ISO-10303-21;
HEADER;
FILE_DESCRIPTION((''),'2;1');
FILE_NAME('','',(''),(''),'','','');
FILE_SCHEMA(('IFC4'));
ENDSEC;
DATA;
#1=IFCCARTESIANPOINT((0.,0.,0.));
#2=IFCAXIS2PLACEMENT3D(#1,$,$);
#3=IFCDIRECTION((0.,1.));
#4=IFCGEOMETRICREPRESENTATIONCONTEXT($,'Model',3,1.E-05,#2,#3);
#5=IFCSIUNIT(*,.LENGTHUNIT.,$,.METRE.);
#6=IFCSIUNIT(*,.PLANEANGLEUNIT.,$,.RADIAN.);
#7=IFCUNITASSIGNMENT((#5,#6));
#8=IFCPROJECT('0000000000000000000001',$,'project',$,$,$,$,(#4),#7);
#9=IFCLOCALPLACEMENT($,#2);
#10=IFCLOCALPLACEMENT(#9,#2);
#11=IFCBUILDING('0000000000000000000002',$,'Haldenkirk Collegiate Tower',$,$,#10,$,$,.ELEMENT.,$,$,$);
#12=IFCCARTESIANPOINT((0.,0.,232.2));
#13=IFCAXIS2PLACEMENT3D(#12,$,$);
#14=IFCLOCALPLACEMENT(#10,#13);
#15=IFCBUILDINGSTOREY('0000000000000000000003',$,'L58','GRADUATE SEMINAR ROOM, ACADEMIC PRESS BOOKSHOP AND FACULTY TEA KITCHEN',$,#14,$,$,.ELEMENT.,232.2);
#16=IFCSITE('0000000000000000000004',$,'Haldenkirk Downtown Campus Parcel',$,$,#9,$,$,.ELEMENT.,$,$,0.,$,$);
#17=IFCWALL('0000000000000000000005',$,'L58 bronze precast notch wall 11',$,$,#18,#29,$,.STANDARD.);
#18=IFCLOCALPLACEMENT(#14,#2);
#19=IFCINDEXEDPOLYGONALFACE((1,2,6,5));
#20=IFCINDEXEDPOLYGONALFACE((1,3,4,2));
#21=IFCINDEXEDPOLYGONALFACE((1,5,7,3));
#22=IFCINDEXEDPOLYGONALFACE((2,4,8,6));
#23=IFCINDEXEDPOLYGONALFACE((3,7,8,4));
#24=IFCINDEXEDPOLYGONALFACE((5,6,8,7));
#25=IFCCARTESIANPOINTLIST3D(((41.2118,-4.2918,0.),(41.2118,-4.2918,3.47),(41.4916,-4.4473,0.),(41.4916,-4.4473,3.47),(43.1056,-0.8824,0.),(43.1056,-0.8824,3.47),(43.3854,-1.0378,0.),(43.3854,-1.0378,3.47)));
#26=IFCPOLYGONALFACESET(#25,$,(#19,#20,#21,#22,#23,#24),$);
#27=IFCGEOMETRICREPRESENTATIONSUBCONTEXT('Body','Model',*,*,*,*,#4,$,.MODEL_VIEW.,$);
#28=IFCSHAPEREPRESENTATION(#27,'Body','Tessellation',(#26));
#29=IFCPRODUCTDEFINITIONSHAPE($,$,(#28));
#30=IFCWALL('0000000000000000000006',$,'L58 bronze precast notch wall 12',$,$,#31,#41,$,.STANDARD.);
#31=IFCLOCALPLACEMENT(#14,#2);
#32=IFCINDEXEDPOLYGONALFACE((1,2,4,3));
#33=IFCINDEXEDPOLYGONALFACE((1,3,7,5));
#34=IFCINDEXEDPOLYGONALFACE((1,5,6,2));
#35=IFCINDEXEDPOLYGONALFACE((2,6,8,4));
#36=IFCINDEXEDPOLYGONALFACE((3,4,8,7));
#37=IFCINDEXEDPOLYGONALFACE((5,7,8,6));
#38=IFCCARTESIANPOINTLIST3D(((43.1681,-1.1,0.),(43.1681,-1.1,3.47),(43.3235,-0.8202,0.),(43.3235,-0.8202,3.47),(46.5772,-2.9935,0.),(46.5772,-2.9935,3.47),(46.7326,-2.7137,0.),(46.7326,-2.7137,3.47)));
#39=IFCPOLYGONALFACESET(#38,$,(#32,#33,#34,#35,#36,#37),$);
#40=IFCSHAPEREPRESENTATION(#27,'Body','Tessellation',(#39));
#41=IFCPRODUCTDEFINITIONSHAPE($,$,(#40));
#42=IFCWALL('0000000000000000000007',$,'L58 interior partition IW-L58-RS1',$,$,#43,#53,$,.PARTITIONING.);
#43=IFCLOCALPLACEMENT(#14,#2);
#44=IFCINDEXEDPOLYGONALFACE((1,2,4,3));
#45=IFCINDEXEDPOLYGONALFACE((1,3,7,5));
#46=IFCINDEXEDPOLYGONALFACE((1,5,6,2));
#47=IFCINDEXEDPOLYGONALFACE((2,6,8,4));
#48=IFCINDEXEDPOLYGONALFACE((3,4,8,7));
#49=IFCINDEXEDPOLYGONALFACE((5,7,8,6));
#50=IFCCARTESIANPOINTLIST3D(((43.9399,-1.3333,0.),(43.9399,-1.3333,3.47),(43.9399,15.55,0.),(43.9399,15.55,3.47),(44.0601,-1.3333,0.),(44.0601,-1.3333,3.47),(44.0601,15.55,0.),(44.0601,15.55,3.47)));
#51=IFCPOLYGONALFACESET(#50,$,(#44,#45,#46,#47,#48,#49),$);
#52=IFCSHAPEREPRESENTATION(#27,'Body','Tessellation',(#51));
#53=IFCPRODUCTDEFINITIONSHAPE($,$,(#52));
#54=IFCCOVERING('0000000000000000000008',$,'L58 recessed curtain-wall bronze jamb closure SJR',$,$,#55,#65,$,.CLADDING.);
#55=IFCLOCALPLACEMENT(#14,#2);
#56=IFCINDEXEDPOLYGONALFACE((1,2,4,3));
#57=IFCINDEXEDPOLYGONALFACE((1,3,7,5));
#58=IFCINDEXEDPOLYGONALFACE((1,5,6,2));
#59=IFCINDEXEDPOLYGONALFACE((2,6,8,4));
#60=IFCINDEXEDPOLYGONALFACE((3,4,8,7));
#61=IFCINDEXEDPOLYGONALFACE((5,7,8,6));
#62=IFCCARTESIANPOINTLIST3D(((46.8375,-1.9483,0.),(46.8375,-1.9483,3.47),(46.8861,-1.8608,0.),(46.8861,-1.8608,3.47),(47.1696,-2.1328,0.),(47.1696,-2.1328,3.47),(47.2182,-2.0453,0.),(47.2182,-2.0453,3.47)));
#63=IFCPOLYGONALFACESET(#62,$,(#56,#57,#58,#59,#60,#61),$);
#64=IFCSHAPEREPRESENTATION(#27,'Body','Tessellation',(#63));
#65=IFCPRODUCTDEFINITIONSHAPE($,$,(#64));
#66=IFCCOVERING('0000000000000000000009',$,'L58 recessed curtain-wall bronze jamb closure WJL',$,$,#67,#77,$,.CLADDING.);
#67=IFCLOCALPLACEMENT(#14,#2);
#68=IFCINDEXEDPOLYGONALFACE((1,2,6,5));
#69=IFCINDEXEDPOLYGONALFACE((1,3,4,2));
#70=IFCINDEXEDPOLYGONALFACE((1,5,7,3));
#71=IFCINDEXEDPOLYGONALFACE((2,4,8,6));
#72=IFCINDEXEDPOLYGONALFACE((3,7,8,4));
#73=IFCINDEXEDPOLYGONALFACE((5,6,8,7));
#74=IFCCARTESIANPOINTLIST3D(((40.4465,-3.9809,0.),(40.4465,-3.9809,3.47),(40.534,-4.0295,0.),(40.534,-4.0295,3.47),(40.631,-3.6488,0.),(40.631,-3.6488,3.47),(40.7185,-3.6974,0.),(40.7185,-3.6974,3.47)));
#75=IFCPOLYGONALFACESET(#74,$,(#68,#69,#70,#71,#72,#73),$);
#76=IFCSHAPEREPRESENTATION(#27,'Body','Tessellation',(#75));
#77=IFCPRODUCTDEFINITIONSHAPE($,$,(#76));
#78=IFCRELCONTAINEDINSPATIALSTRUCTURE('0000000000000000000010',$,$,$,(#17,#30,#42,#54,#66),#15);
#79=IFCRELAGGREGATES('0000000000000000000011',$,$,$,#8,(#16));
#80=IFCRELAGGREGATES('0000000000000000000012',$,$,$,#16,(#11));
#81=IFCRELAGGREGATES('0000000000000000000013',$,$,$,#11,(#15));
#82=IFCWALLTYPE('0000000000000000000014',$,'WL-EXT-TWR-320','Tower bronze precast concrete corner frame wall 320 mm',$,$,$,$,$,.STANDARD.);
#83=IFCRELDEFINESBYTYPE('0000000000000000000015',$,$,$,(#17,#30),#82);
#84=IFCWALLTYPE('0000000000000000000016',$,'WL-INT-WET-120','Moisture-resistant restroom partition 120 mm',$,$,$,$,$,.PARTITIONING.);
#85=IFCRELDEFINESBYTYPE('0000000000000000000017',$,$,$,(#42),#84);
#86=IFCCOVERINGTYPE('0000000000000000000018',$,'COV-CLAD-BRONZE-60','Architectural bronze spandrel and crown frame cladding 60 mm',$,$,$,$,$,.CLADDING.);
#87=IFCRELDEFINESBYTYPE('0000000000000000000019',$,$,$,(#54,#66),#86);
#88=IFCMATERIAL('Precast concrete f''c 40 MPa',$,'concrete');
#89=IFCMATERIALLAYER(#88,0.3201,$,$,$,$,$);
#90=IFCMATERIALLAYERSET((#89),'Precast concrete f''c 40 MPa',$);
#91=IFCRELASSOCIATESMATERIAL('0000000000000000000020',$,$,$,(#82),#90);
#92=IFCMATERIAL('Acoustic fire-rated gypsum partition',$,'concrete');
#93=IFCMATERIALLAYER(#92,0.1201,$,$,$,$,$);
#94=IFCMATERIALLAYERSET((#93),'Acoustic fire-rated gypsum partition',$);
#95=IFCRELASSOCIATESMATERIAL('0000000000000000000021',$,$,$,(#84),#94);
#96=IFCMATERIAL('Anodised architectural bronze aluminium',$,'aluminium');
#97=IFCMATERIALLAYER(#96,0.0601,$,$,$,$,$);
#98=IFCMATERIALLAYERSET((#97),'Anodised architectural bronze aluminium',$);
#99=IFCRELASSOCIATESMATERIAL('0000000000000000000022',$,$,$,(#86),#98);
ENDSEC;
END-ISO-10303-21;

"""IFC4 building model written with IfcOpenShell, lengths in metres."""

from ifc_helpers import new_model, si_unit, direction, frame, frame_2d, origin, origin_2d, place, context, subcontext, project, spatial, rectangle, extrude, source, transform, mapped, material, layer, layer_set, type_object, element, save


model = new_model("IFC4")

# Units and contexts
model_context = context("Model", 3, precision=1e-05, world=origin(), true_north=direction((0.0, 1.0)))
body_context = subcontext(model_context, "Body", "Model", "MODEL_VIEW")
ifc_project = project(units=[si_unit("LENGTHUNIT", "METRE"), si_unit("PLANEANGLEUNIT", "RADIAN")], contexts=[model_context])

# Site, building, storey
site_placement = place(None, origin())
site = spatial("IfcSite", under=ifc_project, at=site_placement, Name="Haldenkirk Downtown Campus Parcel", CompositionType="ELEMENT", RefElevation=0.0)
building_placement = place(site_placement, origin())
building = spatial("IfcBuilding", under=site, at=building_placement, Name="Haldenkirk Collegiate Tower", CompositionType="ELEMENT")
storey_placement = place(building_placement, frame((0.0, 0.0, 232.2)))
storey = spatial("IfcBuildingStorey", under=building, at=storey_placement, Name="L58", Description="GRADUATE SEMINAR ROOM, ACADEMIC PRESS BOOKSHOP AND FACULTY TEA KITCHEN", CompositionType="ELEMENT", Elevation=232.2)

# Shared definitions
ifc_material_1 = material(Name="Anodised architectural bronze aluminium", Category="aluminium")

# Walls
ifc_material_2 = material(Name="Precast concrete f'c 40 MPa", Category="concrete")
ifc_layer_1 = layer(ifc_material_2, 0.3201)
ifc_layer_set_1 = layer_set([ifc_layer_1], Name="Precast concrete f'c 40 MPa")
wall_type_1 = type_object("IfcWallType", Name="WL-EXT-TWR-320", Description="Tower bronze precast concrete corner frame wall 320 mm", PredefinedType="STANDARD", material=ifc_layer_set_1)
wall_1_placement = place(storey_placement, frame((43.2456, -0.96, 0.0), z_axis=(0.0, 0.0, 1.0), x_axis=(-0.485579, -0.874193, 0.0)))
element("IfcWall", 1, at=wall_1_placement, inside=storey, type_object=wall_type_1, Name="L58 bronze precast notch wall 11", PredefinedType="STANDARD", context=body_context, shape_type="SweptSolid", body=[
    extrude(rectangle(XDim=3.9001, YDim=0.3201, at=frame_2d((1.9502, 0.0))), origin(), (0.0, 0.0, 1.0), 3.47),
])
wall_2_placement = place(storey_placement, frame((46.6548, -2.8535, 0.0), z_axis=(0.0, 0.0, 1.0), x_axis=(-0.874205, 0.485558, 0.0)))
element("IfcWall", 2, at=wall_2_placement, inside=storey, type_object=wall_type_1, Name="L58 bronze precast notch wall 12", PredefinedType="STANDARD", context=body_context, shape_type="SweptSolid", body=[
    extrude(rectangle(XDim=3.8997, YDim=0.3201, at=frame_2d((1.9497, 0.0))), origin(), (0.0, 0.0, 1.0), 3.47),
])
ifc_material_3 = material(Name="Acoustic fire-rated gypsum partition", Category="concrete")
ifc_layer_2 = layer(ifc_material_3, 0.1201)
ifc_layer_set_2 = layer_set([ifc_layer_2], Name="Acoustic fire-rated gypsum partition")
wall_type_2 = type_object("IfcWallType", Name="WL-INT-WET-120", Description="Moisture-resistant restroom partition 120 mm", PredefinedType="PARTITIONING", material=ifc_layer_set_2)
wall_3_placement = place(storey_placement, frame((44.0, -1.3333, 0.0), z_axis=(0.0, 0.0, 1.0), x_axis=(0.0, 1.0, 0.0)))
element("IfcWall", 3, at=wall_3_placement, inside=storey, type_object=wall_type_2, Name="L58 interior partition IW-L58-RS1", PredefinedType="PARTITIONING", context=body_context, shape_type="SweptSolid", body=[
    extrude(rectangle(XDim=16.8833, YDim=0.1201, at=frame_2d((8.4417, 0.0))), origin(), (0.0, 0.0, 1.0), 3.47),
])

# Coverings
ifc_layer_3 = layer(ifc_material_1, 0.0601)
ifc_layer_set_3 = layer_set([ifc_layer_3], Name="Anodised architectural bronze aluminium")
covering_type = type_object("IfcCoveringType", Name="COV-CLAD-BRONZE-60", Description="Architectural bronze spandrel and crown frame cladding 60 mm", PredefinedType="CLADDING", material=ifc_layer_set_3)
shared_shape_1 = source(origin(), body_context, "Body", "SweptSolid", [
    extrude(rectangle(XDim=0.1001, YDim=0.3799, at=origin_2d()), origin(), (0.0, 0.0, 1.0), 3.47),
])
for number, where, z_axis, x_axis, name in (
    (4, (47.0278, -1.9968, 0.0), (0.0, 0.0, 1.0), (-0.485573, -0.874196, 0.0), "L58 recessed curtain-wall bronze jamb closure SJR"),
    (5, (40.5825, -3.8391, 0.0), (0.0, 0.0, 1.0), (-0.874196, 0.485573, 0.0), "L58 recessed curtain-wall bronze jamb closure WJL"),
):
    element("IfcCovering", number, at=place(storey_placement, frame(where, z_axis=z_axis, x_axis=x_axis)), inside=storey, type_object=covering_type, Name=name, PredefinedType="CLADDING", context=body_context, shape_type="MappedRepresentation", body=[
        mapped(shared_shape_1, transform((0.0, 0.0, 0.0), x_axis=(1.0, 0.0, 0.0), y_axis=(0.0, 1.0, 0.0), z_axis=(0.0, 0.0, 1.0), scale=1.0)),
    ])

save(model, "model.ifc")
